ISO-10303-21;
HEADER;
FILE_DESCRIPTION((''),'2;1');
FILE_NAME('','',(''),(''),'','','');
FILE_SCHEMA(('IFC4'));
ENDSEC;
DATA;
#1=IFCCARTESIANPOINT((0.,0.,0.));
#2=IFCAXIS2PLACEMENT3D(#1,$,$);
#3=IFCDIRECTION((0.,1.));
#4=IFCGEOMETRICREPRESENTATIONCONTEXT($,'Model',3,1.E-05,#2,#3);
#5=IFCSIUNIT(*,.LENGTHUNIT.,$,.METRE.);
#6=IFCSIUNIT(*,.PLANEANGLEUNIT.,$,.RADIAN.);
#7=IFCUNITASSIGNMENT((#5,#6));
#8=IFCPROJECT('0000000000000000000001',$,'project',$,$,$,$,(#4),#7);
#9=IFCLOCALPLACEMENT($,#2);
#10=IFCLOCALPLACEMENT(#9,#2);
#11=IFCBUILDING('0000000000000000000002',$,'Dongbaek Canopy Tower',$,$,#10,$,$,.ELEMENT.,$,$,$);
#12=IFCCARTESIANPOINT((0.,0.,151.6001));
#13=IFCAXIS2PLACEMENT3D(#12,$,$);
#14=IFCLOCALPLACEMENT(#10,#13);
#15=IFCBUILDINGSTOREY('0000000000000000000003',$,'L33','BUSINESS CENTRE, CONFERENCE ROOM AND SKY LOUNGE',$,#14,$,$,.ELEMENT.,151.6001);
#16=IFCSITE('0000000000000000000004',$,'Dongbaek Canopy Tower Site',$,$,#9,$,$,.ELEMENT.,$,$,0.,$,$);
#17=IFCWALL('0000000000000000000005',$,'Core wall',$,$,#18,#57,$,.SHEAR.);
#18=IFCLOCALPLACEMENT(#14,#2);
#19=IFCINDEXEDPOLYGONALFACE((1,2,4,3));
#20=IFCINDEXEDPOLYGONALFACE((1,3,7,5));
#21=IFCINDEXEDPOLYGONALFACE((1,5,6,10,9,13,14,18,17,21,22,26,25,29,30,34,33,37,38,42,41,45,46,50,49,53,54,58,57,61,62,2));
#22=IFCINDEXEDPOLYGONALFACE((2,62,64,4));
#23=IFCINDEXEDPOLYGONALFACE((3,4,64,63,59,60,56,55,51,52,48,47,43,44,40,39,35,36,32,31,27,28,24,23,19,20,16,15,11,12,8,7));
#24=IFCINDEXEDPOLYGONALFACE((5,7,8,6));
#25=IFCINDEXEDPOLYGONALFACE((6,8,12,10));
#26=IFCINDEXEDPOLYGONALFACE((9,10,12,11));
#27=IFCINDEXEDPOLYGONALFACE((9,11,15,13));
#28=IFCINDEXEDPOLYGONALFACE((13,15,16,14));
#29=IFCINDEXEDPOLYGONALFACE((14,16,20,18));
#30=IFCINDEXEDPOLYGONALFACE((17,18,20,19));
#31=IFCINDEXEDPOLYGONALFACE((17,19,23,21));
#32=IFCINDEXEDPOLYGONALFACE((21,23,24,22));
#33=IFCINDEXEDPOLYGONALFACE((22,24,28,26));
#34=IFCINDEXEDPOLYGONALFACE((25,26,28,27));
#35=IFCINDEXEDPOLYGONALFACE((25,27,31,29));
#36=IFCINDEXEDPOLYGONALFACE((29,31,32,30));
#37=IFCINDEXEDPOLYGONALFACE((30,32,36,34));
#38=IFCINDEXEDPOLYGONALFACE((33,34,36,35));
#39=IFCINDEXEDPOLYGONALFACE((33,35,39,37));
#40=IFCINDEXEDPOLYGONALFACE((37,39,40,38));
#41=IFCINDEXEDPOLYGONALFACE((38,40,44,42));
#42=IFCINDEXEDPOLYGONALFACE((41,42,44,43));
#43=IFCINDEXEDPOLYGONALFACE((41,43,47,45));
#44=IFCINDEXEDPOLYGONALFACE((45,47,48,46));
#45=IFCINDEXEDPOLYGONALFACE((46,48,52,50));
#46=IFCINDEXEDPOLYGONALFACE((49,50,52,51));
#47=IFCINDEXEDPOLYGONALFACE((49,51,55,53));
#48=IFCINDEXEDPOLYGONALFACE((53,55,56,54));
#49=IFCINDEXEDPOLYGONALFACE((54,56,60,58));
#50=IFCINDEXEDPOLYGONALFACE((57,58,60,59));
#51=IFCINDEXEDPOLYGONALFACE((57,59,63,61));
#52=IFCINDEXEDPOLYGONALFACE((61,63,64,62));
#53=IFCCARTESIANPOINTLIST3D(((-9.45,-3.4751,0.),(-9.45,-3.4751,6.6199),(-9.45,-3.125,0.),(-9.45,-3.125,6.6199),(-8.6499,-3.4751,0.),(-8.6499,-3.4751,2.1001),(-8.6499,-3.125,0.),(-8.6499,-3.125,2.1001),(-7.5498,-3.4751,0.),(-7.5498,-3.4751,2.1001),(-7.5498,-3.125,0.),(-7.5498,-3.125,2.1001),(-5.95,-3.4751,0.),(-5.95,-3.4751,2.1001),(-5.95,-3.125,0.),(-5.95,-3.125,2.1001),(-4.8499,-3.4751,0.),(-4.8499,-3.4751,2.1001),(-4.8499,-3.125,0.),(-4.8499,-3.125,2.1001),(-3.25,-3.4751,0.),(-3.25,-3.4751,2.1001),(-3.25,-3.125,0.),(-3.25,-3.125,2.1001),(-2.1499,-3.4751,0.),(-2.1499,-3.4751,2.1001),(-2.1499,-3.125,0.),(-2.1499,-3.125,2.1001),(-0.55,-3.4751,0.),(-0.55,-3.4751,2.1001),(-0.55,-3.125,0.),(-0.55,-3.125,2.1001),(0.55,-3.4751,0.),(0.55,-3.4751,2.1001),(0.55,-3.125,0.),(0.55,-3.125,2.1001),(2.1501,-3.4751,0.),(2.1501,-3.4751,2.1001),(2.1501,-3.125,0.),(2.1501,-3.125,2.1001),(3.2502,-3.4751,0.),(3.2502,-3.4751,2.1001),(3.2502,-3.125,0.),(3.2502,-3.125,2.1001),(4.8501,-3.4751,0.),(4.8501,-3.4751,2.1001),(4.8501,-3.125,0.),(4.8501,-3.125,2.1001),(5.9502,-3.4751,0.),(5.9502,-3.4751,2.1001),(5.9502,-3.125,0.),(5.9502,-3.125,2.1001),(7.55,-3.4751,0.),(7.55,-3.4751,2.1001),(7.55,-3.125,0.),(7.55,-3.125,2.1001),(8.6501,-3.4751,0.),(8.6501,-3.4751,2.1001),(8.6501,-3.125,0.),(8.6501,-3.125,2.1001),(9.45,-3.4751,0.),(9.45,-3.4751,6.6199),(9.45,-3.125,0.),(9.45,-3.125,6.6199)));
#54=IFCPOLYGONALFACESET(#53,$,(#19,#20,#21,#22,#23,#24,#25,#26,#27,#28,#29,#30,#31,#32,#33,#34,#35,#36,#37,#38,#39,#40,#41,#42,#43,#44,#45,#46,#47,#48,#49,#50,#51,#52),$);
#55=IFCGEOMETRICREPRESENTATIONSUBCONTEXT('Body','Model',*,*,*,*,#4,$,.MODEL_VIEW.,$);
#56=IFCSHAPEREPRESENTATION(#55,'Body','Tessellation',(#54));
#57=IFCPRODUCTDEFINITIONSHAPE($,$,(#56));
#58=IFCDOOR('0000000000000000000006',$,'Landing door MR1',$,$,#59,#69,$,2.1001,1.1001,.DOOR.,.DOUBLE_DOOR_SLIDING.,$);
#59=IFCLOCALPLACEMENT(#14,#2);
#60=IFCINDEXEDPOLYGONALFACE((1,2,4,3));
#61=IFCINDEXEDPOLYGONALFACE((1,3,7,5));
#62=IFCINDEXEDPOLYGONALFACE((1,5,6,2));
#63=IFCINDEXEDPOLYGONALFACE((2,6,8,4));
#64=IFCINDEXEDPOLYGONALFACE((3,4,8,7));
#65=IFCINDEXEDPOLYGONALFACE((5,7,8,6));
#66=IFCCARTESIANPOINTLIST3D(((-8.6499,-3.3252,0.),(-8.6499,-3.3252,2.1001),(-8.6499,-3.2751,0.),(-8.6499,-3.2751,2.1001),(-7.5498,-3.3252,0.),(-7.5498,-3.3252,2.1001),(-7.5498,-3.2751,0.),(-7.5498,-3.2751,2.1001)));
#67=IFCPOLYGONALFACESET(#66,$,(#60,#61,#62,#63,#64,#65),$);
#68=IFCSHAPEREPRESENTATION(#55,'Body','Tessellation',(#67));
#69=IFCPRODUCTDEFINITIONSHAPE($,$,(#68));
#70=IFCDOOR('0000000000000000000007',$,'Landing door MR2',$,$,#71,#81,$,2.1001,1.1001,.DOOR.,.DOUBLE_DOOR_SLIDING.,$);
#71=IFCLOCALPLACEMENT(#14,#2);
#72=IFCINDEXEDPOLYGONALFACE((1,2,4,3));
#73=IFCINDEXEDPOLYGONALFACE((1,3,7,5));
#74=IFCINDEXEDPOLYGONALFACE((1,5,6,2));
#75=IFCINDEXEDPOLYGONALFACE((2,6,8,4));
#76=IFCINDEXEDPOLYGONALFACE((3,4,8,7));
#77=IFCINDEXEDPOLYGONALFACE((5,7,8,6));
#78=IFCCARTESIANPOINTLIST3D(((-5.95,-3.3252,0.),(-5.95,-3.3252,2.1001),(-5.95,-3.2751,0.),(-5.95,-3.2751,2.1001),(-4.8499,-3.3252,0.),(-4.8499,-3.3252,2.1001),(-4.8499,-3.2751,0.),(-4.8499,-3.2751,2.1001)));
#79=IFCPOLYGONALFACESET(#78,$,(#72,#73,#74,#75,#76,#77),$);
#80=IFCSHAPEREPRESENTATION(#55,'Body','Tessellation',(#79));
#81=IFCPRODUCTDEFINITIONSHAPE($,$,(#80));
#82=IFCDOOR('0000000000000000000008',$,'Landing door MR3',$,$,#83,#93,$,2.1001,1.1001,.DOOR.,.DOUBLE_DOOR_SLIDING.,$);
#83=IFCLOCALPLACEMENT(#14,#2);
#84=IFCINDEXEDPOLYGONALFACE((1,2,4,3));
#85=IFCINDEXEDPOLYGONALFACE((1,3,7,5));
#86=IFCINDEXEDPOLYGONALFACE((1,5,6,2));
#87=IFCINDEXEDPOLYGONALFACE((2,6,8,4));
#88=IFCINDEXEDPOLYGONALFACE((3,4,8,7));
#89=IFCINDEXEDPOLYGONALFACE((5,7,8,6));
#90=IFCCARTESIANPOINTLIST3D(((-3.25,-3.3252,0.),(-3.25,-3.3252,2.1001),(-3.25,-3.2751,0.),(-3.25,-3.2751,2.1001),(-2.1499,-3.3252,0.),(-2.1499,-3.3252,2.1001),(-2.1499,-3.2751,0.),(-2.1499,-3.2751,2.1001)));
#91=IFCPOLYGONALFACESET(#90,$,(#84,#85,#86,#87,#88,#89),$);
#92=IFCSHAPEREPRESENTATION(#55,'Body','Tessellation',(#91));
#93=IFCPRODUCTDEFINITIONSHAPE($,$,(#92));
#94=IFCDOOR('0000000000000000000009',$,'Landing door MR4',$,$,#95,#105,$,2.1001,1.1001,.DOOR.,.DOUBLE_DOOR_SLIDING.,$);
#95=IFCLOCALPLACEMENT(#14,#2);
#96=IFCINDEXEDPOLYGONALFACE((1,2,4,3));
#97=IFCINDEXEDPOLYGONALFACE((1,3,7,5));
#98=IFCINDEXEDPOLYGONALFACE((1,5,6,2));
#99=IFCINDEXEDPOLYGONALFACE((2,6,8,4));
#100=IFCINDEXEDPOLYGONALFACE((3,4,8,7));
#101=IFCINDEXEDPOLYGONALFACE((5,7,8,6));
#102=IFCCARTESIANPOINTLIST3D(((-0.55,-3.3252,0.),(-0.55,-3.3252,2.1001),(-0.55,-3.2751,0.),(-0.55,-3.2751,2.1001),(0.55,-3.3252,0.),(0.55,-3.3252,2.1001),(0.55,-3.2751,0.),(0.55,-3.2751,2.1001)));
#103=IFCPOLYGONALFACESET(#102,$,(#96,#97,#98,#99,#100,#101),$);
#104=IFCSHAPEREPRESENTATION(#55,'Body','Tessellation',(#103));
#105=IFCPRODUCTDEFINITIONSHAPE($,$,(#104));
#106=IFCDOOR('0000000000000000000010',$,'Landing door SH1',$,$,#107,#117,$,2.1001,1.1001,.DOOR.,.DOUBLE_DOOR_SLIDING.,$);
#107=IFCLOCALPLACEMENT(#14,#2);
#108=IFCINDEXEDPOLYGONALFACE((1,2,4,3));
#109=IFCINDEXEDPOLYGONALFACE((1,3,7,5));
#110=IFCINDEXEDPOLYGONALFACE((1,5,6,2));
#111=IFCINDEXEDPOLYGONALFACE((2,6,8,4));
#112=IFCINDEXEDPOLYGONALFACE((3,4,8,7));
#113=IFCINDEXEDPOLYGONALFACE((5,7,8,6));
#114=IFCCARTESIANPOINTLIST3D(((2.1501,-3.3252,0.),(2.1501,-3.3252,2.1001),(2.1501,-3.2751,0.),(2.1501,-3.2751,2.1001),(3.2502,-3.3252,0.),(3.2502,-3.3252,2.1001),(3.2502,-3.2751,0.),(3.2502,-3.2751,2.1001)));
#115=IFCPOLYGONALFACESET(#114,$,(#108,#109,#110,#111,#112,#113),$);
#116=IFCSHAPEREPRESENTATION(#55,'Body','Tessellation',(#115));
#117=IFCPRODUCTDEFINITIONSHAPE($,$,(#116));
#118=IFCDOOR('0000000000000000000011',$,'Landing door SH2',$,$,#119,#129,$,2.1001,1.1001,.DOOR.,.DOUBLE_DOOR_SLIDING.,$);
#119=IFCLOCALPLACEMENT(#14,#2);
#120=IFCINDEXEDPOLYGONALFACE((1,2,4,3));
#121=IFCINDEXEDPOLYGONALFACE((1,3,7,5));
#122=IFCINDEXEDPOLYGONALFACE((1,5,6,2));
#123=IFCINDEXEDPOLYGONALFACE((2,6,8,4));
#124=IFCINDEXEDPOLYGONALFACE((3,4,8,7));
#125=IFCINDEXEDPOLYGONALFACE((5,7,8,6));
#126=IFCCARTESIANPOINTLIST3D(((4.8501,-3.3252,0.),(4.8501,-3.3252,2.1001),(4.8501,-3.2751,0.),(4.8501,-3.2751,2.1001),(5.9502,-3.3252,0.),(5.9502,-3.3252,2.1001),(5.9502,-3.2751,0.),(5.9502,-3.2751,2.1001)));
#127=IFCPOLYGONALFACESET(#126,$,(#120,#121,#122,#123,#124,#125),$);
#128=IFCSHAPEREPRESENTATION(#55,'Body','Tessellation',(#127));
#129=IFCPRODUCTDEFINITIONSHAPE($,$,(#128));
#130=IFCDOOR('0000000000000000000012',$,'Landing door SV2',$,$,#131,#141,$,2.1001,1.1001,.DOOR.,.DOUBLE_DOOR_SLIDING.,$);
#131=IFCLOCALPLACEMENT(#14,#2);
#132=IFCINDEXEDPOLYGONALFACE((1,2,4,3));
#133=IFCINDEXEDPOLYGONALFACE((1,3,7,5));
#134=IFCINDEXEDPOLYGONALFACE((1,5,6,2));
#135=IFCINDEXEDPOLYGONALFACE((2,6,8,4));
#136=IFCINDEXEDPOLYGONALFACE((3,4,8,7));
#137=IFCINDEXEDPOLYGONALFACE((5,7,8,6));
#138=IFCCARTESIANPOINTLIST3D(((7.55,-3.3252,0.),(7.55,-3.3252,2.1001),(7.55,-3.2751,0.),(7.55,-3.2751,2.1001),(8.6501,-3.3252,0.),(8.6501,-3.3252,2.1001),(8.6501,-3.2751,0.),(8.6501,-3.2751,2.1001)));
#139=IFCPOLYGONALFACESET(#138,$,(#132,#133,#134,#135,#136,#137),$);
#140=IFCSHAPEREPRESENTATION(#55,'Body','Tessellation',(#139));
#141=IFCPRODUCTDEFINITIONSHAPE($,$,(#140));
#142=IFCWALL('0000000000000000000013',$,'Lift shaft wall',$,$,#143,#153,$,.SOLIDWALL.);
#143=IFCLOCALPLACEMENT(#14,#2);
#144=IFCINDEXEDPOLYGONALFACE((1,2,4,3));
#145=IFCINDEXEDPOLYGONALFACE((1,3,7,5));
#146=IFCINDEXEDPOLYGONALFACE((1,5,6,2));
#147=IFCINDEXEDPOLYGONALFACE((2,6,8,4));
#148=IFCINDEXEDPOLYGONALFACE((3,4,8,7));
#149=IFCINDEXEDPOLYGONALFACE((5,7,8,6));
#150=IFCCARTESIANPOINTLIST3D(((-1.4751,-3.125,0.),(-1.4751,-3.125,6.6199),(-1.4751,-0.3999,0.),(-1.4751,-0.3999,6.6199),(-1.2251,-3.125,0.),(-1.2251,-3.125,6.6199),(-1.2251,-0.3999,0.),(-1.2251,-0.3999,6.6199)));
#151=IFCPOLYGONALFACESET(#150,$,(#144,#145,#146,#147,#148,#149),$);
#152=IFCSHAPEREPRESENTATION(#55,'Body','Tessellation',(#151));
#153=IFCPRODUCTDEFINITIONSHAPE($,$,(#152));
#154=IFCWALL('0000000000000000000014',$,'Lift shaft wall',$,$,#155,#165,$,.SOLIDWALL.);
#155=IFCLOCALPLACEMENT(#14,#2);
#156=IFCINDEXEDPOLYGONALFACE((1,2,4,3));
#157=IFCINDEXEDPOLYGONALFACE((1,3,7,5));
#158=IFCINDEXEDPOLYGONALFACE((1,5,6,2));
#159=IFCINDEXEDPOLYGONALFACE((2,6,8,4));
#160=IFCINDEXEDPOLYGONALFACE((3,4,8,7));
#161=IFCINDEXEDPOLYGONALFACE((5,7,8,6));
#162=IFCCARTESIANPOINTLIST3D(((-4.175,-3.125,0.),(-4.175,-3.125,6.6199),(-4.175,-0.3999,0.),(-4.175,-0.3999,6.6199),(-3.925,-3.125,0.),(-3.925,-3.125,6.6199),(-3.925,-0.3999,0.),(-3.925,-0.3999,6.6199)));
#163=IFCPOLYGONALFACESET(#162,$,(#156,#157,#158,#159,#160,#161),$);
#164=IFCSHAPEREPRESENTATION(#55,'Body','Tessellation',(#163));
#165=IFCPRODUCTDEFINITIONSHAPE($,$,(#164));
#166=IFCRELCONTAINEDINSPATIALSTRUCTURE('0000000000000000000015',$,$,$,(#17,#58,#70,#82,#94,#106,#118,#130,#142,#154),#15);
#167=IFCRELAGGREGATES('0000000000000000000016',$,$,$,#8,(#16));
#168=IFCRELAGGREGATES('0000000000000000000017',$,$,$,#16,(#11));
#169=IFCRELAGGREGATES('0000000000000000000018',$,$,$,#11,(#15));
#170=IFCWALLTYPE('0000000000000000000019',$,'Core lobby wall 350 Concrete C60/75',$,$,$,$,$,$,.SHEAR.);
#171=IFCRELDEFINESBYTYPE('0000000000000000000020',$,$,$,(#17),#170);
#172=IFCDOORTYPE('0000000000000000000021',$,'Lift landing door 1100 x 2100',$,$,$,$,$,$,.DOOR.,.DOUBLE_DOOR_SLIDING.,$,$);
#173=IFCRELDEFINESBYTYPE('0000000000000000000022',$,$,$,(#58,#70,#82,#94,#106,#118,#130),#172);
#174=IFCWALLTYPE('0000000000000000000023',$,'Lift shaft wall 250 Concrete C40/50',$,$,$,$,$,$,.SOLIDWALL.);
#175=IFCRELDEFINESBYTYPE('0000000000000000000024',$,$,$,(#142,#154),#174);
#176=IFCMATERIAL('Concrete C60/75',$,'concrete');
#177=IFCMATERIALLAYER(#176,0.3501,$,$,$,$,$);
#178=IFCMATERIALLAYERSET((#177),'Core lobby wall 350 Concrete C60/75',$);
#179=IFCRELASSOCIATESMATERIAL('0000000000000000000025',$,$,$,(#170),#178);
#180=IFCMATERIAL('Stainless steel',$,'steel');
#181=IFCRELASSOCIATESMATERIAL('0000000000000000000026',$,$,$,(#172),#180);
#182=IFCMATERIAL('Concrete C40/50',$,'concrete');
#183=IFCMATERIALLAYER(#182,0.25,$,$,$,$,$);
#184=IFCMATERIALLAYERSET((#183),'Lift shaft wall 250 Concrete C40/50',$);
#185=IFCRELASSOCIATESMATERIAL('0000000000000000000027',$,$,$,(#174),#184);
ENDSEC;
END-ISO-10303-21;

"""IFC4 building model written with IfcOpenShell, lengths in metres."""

from ifc_helpers import new_model, si_unit, direction, frame, frame_2d, origin, place, context, subcontext, project, spatial, rectangle, extrude, material, layer, layer_set, type_object, element, fill, save


model = new_model("IFC4")

# Units and contexts
model_context = context("Model", 3, precision=1e-05, world=origin(), true_north=direction((0.0, 1.0)))
body_context = subcontext(model_context, "Body", "Model", "MODEL_VIEW")
ifc_project = project(units=[si_unit("LENGTHUNIT", "METRE"), si_unit("PLANEANGLEUNIT", "RADIAN")], contexts=[model_context])

# Site, building, storey
site_placement = place(None, origin())
site = spatial("IfcSite", under=ifc_project, at=site_placement, Name="Dongbaek Canopy Tower Site", CompositionType="ELEMENT", RefElevation=0.0)
building_placement = place(site_placement, origin())
building = spatial("IfcBuilding", under=site, at=building_placement, Name="Dongbaek Canopy Tower", CompositionType="ELEMENT")
storey_placement = place(building_placement, frame((0.0, 0.0, 151.6001)))
storey = spatial("IfcBuildingStorey", under=building, at=storey_placement, Name="L33", Description="BUSINESS CENTRE, CONFERENCE ROOM AND SKY LOUNGE", CompositionType="ELEMENT", Elevation=151.6001)

# Wall, openings, doors
ifc_material_1 = material(Name="Concrete C60/75", Category="concrete")
ifc_layer_1 = layer(ifc_material_1, 0.3501)
ifc_layer_set_1 = layer_set([ifc_layer_1], Name="Core lobby wall 350 Concrete C60/75")
wall_type_1 = type_object("IfcWallType", Name="Core lobby wall 350 Concrete C60/75", PredefinedType="SHEAR", material=ifc_layer_set_1)
wall_1_placement = place(storey_placement, frame((-9.45, -3.3, 0.0), z_axis=(0.0, 0.0, 1.0), x_axis=(1.0, 0.0, 0.0)))
wall_1 = element("IfcWall", 1, at=wall_1_placement, inside=storey, type_object=wall_type_1, Name="Core wall", PredefinedType="SHEAR", context=body_context, shape_type="SweptSolid", body=[
    extrude(rectangle(XDim=18.8999, YDim=0.3501, at=frame_2d((9.45, 0.0))), origin(), (0.0, 0.0, 1.0), 6.6199),
])
opening_1_placement = place(wall_1_placement, frame((0.8, 0.0, 0.0)))
opening_1 = element("IfcOpeningElement", 2, at=opening_1_placement, cuts=wall_1, PredefinedType="OPENING", context=body_context, shape_type="SweptSolid", body=[
    extrude(rectangle(XDim=1.1001, YDim=2.1001, at=frame_2d((0.55, 1.05))), frame((0.0, 0.1851, 0.0), z_axis=(0.0, -1.0, 0.0), x_axis=(1.0, 0.0, 0.0)), (0.0, 0.0, 1.0), 0.3701),
])
opening_2_placement = place(wall_1_placement, frame((3.5, 0.0, 0.0)))
opening_2 = element("IfcOpeningElement", 3, at=opening_2_placement, cuts=wall_1, PredefinedType="OPENING", context=body_context, shape_type="SweptSolid", body=[
    extrude(rectangle(XDim=1.1001, YDim=2.1001, at=frame_2d((0.55, 1.05))), frame((0.0, 0.1851, 0.0), z_axis=(0.0, -1.0, 0.0), x_axis=(1.0, 0.0, 0.0)), (0.0, 0.0, 1.0), 0.3701),
])
opening_3_placement = place(wall_1_placement, frame((6.2, 0.0, 0.0)))
opening_3 = element("IfcOpeningElement", 4, at=opening_3_placement, cuts=wall_1, PredefinedType="OPENING", context=body_context, shape_type="SweptSolid", body=[
    extrude(rectangle(XDim=1.1001, YDim=2.1001, at=frame_2d((0.55, 1.05))), frame((0.0, 0.1851, 0.0), z_axis=(0.0, -1.0, 0.0), x_axis=(1.0, 0.0, 0.0)), (0.0, 0.0, 1.0), 0.3701),
])
opening_4_placement = place(wall_1_placement, frame((8.8999, 0.0, 0.0)))
opening_4 = element("IfcOpeningElement", 5, at=opening_4_placement, cuts=wall_1, PredefinedType="OPENING", context=body_context, shape_type="SweptSolid", body=[
    extrude(rectangle(XDim=1.1001, YDim=2.1001, at=frame_2d((0.55, 1.05))), frame((0.0, 0.1851, 0.0), z_axis=(0.0, -1.0, 0.0), x_axis=(1.0, 0.0, 0.0)), (0.0, 0.0, 1.0), 0.3701),
])
opening_5_placement = place(wall_1_placement, frame((11.6001, 0.0, 0.0)))
opening_5 = element("IfcOpeningElement", 6, at=opening_5_placement, cuts=wall_1, PredefinedType="OPENING", context=body_context, shape_type="SweptSolid", body=[
    extrude(rectangle(XDim=1.1001, YDim=2.1001, at=frame_2d((0.55, 1.05))), frame((0.0, 0.1851, 0.0), z_axis=(0.0, -1.0, 0.0), x_axis=(1.0, 0.0, 0.0)), (0.0, 0.0, 1.0), 0.3701),
])
opening_6_placement = place(wall_1_placement, frame((14.3, 0.0, 0.0)))
opening_6 = element("IfcOpeningElement", 7, at=opening_6_placement, cuts=wall_1, PredefinedType="OPENING", context=body_context, shape_type="SweptSolid", body=[
    extrude(rectangle(XDim=1.1001, YDim=2.1001, at=frame_2d((0.55, 1.05))), frame((0.0, 0.1851, 0.0), z_axis=(0.0, -1.0, 0.0), x_axis=(1.0, 0.0, 0.0)), (0.0, 0.0, 1.0), 0.3701),
])
opening_7_placement = place(wall_1_placement, frame((17.0, 0.0, 0.0)))
opening_7 = element("IfcOpeningElement", 8, at=opening_7_placement, cuts=wall_1, PredefinedType="OPENING", context=body_context, shape_type="SweptSolid", body=[
    extrude(rectangle(XDim=1.1001, YDim=2.1001, at=frame_2d((0.55, 1.05))), frame((0.0, 0.1851, 0.0), z_axis=(0.0, -1.0, 0.0), x_axis=(1.0, 0.0, 0.0)), (0.0, 0.0, 1.0), 0.3701),
])
ifc_material_2 = material(Name="Stainless steel", Category="steel")
door_type_1 = type_object("IfcDoorType", Name="Lift landing door 1100 x 2100", OperationType="DOUBLE_DOOR_SLIDING", PredefinedType="DOOR", material=ifc_material_2)
door_1_placement = place(opening_1_placement, origin())
door_1 = element("IfcDoor", 9, at=door_1_placement, inside=storey, type_object=door_type_1, Name="Landing door MR1", OperationType="DOUBLE_DOOR_SLIDING", OverallHeight=2.1001, OverallWidth=1.1001, PredefinedType="DOOR", context=body_context, shape_type="SweptSolid", body=[
    extrude(rectangle(XDim=1.1001, YDim=2.1001, at=frame_2d((0.55, 1.05))), frame((0.0, 0.0249, 0.0), z_axis=(0.0, -1.0, 0.0), x_axis=(1.0, 0.0, 0.0)), (0.0, 0.0, 1.0), 0.05),
])
fill(opening_1, door_1)
door_2_placement = place(opening_2_placement, origin())
door_2 = element("IfcDoor", 10, at=door_2_placement, inside=storey, type_object=door_type_1, Name="Landing door MR2", OperationType="DOUBLE_DOOR_SLIDING", OverallHeight=2.1001, OverallWidth=1.1001, PredefinedType="DOOR", context=body_context, shape_type="SweptSolid", body=[
    extrude(rectangle(XDim=1.1001, YDim=2.1001, at=frame_2d((0.55, 1.05))), frame((0.0, 0.0249, 0.0), z_axis=(0.0, -1.0, 0.0), x_axis=(1.0, 0.0, 0.0)), (0.0, 0.0, 1.0), 0.05),
])
fill(opening_2, door_2)
door_3_placement = place(opening_3_placement, origin())
door_3 = element("IfcDoor", 11, at=door_3_placement, inside=storey, type_object=door_type_1, Name="Landing door MR3", OperationType="DOUBLE_DOOR_SLIDING", OverallHeight=2.1001, OverallWidth=1.1001, PredefinedType="DOOR", context=body_context, shape_type="SweptSolid", body=[
    extrude(rectangle(XDim=1.1001, YDim=2.1001, at=frame_2d((0.55, 1.05))), frame((0.0, 0.0249, 0.0), z_axis=(0.0, -1.0, 0.0), x_axis=(1.0, 0.0, 0.0)), (0.0, 0.0, 1.0), 0.05),
])
fill(opening_3, door_3)
door_4_placement = place(opening_4_placement, origin())
door_4 = element("IfcDoor", 12, at=door_4_placement, inside=storey, type_object=door_type_1, Name="Landing door MR4", OperationType="DOUBLE_DOOR_SLIDING", OverallHeight=2.1001, OverallWidth=1.1001, PredefinedType="DOOR", context=body_context, shape_type="SweptSolid", body=[
    extrude(rectangle(XDim=1.1001, YDim=2.1001, at=frame_2d((0.55, 1.05))), frame((0.0, 0.0249, 0.0), z_axis=(0.0, -1.0, 0.0), x_axis=(1.0, 0.0, 0.0)), (0.0, 0.0, 1.0), 0.05),
])
fill(opening_4, door_4)
door_5_placement = place(opening_5_placement, origin())
door_5 = element("IfcDoor", 13, at=door_5_placement, inside=storey, type_object=door_type_1, Name="Landing door SH1", OperationType="DOUBLE_DOOR_SLIDING", OverallHeight=2.1001, OverallWidth=1.1001, PredefinedType="DOOR", context=body_context, shape_type="SweptSolid", body=[
    extrude(rectangle(XDim=1.1001, YDim=2.1001, at=frame_2d((0.55, 1.05))), frame((0.0, 0.0249, 0.0), z_axis=(0.0, -1.0, 0.0), x_axis=(1.0, 0.0, 0.0)), (0.0, 0.0, 1.0), 0.05),
])
fill(opening_5, door_5)
door_6_placement = place(opening_6_placement, origin())
door_6 = element("IfcDoor", 14, at=door_6_placement, inside=storey, type_object=door_type_1, Name="Landing door SH2", OperationType="DOUBLE_DOOR_SLIDING", OverallHeight=2.1001, OverallWidth=1.1001, PredefinedType="DOOR", context=body_context, shape_type="SweptSolid", body=[
    extrude(rectangle(XDim=1.1001, YDim=2.1001, at=frame_2d((0.55, 1.05))), frame((0.0, 0.0249, 0.0), z_axis=(0.0, -1.0, 0.0), x_axis=(1.0, 0.0, 0.0)), (0.0, 0.0, 1.0), 0.05),
])
fill(opening_6, door_6)
door_7_placement = place(opening_7_placement, origin())
door_7 = element("IfcDoor", 15, at=door_7_placement, inside=storey, type_object=door_type_1, Name="Landing door SV2", OperationType="DOUBLE_DOOR_SLIDING", OverallHeight=2.1001, OverallWidth=1.1001, PredefinedType="DOOR", context=body_context, shape_type="SweptSolid", body=[
    extrude(rectangle(XDim=1.1001, YDim=2.1001, at=frame_2d((0.55, 1.05))), frame((0.0, 0.0249, 0.0), z_axis=(0.0, -1.0, 0.0), x_axis=(1.0, 0.0, 0.0)), (0.0, 0.0, 1.0), 0.05),
])
fill(opening_7, door_7)

# Walls
ifc_material_3 = material(Name="Concrete C40/50", Category="concrete")
ifc_layer_2 = layer(ifc_material_3, 0.25)
ifc_layer_set_2 = layer_set([ifc_layer_2], Name="Lift shaft wall 250 Concrete C40/50")
wall_type_2 = type_object("IfcWallType", Name="Lift shaft wall 250 Concrete C40/50", PredefinedType="SOLIDWALL", material=ifc_layer_set_2)
for number, where, z_axis, x_axis, name in (
    (16, (-1.3501, -3.125, 0.0), (0.0, 0.0, 1.0), (0.0, 1.0, 0.0), "Lift shaft wall"),
    (17, (-4.05, -3.125, 0.0), (0.0, 0.0, 1.0), (0.0, 1.0, 0.0), "Lift shaft wall"),
):
    element("IfcWall", number, at=place(storey_placement, frame(where, z_axis=z_axis, x_axis=x_axis)), inside=storey, type_object=wall_type_2, Name=name, PredefinedType="SOLIDWALL", context=body_context, shape_type="SweptSolid", body=[
        extrude(rectangle(XDim=2.7251, YDim=0.25, at=frame_2d((1.3625, 0.0))), origin(), (0.0, 0.0, 1.0), 6.6199),
    ])

save(model, "model.ifc")
